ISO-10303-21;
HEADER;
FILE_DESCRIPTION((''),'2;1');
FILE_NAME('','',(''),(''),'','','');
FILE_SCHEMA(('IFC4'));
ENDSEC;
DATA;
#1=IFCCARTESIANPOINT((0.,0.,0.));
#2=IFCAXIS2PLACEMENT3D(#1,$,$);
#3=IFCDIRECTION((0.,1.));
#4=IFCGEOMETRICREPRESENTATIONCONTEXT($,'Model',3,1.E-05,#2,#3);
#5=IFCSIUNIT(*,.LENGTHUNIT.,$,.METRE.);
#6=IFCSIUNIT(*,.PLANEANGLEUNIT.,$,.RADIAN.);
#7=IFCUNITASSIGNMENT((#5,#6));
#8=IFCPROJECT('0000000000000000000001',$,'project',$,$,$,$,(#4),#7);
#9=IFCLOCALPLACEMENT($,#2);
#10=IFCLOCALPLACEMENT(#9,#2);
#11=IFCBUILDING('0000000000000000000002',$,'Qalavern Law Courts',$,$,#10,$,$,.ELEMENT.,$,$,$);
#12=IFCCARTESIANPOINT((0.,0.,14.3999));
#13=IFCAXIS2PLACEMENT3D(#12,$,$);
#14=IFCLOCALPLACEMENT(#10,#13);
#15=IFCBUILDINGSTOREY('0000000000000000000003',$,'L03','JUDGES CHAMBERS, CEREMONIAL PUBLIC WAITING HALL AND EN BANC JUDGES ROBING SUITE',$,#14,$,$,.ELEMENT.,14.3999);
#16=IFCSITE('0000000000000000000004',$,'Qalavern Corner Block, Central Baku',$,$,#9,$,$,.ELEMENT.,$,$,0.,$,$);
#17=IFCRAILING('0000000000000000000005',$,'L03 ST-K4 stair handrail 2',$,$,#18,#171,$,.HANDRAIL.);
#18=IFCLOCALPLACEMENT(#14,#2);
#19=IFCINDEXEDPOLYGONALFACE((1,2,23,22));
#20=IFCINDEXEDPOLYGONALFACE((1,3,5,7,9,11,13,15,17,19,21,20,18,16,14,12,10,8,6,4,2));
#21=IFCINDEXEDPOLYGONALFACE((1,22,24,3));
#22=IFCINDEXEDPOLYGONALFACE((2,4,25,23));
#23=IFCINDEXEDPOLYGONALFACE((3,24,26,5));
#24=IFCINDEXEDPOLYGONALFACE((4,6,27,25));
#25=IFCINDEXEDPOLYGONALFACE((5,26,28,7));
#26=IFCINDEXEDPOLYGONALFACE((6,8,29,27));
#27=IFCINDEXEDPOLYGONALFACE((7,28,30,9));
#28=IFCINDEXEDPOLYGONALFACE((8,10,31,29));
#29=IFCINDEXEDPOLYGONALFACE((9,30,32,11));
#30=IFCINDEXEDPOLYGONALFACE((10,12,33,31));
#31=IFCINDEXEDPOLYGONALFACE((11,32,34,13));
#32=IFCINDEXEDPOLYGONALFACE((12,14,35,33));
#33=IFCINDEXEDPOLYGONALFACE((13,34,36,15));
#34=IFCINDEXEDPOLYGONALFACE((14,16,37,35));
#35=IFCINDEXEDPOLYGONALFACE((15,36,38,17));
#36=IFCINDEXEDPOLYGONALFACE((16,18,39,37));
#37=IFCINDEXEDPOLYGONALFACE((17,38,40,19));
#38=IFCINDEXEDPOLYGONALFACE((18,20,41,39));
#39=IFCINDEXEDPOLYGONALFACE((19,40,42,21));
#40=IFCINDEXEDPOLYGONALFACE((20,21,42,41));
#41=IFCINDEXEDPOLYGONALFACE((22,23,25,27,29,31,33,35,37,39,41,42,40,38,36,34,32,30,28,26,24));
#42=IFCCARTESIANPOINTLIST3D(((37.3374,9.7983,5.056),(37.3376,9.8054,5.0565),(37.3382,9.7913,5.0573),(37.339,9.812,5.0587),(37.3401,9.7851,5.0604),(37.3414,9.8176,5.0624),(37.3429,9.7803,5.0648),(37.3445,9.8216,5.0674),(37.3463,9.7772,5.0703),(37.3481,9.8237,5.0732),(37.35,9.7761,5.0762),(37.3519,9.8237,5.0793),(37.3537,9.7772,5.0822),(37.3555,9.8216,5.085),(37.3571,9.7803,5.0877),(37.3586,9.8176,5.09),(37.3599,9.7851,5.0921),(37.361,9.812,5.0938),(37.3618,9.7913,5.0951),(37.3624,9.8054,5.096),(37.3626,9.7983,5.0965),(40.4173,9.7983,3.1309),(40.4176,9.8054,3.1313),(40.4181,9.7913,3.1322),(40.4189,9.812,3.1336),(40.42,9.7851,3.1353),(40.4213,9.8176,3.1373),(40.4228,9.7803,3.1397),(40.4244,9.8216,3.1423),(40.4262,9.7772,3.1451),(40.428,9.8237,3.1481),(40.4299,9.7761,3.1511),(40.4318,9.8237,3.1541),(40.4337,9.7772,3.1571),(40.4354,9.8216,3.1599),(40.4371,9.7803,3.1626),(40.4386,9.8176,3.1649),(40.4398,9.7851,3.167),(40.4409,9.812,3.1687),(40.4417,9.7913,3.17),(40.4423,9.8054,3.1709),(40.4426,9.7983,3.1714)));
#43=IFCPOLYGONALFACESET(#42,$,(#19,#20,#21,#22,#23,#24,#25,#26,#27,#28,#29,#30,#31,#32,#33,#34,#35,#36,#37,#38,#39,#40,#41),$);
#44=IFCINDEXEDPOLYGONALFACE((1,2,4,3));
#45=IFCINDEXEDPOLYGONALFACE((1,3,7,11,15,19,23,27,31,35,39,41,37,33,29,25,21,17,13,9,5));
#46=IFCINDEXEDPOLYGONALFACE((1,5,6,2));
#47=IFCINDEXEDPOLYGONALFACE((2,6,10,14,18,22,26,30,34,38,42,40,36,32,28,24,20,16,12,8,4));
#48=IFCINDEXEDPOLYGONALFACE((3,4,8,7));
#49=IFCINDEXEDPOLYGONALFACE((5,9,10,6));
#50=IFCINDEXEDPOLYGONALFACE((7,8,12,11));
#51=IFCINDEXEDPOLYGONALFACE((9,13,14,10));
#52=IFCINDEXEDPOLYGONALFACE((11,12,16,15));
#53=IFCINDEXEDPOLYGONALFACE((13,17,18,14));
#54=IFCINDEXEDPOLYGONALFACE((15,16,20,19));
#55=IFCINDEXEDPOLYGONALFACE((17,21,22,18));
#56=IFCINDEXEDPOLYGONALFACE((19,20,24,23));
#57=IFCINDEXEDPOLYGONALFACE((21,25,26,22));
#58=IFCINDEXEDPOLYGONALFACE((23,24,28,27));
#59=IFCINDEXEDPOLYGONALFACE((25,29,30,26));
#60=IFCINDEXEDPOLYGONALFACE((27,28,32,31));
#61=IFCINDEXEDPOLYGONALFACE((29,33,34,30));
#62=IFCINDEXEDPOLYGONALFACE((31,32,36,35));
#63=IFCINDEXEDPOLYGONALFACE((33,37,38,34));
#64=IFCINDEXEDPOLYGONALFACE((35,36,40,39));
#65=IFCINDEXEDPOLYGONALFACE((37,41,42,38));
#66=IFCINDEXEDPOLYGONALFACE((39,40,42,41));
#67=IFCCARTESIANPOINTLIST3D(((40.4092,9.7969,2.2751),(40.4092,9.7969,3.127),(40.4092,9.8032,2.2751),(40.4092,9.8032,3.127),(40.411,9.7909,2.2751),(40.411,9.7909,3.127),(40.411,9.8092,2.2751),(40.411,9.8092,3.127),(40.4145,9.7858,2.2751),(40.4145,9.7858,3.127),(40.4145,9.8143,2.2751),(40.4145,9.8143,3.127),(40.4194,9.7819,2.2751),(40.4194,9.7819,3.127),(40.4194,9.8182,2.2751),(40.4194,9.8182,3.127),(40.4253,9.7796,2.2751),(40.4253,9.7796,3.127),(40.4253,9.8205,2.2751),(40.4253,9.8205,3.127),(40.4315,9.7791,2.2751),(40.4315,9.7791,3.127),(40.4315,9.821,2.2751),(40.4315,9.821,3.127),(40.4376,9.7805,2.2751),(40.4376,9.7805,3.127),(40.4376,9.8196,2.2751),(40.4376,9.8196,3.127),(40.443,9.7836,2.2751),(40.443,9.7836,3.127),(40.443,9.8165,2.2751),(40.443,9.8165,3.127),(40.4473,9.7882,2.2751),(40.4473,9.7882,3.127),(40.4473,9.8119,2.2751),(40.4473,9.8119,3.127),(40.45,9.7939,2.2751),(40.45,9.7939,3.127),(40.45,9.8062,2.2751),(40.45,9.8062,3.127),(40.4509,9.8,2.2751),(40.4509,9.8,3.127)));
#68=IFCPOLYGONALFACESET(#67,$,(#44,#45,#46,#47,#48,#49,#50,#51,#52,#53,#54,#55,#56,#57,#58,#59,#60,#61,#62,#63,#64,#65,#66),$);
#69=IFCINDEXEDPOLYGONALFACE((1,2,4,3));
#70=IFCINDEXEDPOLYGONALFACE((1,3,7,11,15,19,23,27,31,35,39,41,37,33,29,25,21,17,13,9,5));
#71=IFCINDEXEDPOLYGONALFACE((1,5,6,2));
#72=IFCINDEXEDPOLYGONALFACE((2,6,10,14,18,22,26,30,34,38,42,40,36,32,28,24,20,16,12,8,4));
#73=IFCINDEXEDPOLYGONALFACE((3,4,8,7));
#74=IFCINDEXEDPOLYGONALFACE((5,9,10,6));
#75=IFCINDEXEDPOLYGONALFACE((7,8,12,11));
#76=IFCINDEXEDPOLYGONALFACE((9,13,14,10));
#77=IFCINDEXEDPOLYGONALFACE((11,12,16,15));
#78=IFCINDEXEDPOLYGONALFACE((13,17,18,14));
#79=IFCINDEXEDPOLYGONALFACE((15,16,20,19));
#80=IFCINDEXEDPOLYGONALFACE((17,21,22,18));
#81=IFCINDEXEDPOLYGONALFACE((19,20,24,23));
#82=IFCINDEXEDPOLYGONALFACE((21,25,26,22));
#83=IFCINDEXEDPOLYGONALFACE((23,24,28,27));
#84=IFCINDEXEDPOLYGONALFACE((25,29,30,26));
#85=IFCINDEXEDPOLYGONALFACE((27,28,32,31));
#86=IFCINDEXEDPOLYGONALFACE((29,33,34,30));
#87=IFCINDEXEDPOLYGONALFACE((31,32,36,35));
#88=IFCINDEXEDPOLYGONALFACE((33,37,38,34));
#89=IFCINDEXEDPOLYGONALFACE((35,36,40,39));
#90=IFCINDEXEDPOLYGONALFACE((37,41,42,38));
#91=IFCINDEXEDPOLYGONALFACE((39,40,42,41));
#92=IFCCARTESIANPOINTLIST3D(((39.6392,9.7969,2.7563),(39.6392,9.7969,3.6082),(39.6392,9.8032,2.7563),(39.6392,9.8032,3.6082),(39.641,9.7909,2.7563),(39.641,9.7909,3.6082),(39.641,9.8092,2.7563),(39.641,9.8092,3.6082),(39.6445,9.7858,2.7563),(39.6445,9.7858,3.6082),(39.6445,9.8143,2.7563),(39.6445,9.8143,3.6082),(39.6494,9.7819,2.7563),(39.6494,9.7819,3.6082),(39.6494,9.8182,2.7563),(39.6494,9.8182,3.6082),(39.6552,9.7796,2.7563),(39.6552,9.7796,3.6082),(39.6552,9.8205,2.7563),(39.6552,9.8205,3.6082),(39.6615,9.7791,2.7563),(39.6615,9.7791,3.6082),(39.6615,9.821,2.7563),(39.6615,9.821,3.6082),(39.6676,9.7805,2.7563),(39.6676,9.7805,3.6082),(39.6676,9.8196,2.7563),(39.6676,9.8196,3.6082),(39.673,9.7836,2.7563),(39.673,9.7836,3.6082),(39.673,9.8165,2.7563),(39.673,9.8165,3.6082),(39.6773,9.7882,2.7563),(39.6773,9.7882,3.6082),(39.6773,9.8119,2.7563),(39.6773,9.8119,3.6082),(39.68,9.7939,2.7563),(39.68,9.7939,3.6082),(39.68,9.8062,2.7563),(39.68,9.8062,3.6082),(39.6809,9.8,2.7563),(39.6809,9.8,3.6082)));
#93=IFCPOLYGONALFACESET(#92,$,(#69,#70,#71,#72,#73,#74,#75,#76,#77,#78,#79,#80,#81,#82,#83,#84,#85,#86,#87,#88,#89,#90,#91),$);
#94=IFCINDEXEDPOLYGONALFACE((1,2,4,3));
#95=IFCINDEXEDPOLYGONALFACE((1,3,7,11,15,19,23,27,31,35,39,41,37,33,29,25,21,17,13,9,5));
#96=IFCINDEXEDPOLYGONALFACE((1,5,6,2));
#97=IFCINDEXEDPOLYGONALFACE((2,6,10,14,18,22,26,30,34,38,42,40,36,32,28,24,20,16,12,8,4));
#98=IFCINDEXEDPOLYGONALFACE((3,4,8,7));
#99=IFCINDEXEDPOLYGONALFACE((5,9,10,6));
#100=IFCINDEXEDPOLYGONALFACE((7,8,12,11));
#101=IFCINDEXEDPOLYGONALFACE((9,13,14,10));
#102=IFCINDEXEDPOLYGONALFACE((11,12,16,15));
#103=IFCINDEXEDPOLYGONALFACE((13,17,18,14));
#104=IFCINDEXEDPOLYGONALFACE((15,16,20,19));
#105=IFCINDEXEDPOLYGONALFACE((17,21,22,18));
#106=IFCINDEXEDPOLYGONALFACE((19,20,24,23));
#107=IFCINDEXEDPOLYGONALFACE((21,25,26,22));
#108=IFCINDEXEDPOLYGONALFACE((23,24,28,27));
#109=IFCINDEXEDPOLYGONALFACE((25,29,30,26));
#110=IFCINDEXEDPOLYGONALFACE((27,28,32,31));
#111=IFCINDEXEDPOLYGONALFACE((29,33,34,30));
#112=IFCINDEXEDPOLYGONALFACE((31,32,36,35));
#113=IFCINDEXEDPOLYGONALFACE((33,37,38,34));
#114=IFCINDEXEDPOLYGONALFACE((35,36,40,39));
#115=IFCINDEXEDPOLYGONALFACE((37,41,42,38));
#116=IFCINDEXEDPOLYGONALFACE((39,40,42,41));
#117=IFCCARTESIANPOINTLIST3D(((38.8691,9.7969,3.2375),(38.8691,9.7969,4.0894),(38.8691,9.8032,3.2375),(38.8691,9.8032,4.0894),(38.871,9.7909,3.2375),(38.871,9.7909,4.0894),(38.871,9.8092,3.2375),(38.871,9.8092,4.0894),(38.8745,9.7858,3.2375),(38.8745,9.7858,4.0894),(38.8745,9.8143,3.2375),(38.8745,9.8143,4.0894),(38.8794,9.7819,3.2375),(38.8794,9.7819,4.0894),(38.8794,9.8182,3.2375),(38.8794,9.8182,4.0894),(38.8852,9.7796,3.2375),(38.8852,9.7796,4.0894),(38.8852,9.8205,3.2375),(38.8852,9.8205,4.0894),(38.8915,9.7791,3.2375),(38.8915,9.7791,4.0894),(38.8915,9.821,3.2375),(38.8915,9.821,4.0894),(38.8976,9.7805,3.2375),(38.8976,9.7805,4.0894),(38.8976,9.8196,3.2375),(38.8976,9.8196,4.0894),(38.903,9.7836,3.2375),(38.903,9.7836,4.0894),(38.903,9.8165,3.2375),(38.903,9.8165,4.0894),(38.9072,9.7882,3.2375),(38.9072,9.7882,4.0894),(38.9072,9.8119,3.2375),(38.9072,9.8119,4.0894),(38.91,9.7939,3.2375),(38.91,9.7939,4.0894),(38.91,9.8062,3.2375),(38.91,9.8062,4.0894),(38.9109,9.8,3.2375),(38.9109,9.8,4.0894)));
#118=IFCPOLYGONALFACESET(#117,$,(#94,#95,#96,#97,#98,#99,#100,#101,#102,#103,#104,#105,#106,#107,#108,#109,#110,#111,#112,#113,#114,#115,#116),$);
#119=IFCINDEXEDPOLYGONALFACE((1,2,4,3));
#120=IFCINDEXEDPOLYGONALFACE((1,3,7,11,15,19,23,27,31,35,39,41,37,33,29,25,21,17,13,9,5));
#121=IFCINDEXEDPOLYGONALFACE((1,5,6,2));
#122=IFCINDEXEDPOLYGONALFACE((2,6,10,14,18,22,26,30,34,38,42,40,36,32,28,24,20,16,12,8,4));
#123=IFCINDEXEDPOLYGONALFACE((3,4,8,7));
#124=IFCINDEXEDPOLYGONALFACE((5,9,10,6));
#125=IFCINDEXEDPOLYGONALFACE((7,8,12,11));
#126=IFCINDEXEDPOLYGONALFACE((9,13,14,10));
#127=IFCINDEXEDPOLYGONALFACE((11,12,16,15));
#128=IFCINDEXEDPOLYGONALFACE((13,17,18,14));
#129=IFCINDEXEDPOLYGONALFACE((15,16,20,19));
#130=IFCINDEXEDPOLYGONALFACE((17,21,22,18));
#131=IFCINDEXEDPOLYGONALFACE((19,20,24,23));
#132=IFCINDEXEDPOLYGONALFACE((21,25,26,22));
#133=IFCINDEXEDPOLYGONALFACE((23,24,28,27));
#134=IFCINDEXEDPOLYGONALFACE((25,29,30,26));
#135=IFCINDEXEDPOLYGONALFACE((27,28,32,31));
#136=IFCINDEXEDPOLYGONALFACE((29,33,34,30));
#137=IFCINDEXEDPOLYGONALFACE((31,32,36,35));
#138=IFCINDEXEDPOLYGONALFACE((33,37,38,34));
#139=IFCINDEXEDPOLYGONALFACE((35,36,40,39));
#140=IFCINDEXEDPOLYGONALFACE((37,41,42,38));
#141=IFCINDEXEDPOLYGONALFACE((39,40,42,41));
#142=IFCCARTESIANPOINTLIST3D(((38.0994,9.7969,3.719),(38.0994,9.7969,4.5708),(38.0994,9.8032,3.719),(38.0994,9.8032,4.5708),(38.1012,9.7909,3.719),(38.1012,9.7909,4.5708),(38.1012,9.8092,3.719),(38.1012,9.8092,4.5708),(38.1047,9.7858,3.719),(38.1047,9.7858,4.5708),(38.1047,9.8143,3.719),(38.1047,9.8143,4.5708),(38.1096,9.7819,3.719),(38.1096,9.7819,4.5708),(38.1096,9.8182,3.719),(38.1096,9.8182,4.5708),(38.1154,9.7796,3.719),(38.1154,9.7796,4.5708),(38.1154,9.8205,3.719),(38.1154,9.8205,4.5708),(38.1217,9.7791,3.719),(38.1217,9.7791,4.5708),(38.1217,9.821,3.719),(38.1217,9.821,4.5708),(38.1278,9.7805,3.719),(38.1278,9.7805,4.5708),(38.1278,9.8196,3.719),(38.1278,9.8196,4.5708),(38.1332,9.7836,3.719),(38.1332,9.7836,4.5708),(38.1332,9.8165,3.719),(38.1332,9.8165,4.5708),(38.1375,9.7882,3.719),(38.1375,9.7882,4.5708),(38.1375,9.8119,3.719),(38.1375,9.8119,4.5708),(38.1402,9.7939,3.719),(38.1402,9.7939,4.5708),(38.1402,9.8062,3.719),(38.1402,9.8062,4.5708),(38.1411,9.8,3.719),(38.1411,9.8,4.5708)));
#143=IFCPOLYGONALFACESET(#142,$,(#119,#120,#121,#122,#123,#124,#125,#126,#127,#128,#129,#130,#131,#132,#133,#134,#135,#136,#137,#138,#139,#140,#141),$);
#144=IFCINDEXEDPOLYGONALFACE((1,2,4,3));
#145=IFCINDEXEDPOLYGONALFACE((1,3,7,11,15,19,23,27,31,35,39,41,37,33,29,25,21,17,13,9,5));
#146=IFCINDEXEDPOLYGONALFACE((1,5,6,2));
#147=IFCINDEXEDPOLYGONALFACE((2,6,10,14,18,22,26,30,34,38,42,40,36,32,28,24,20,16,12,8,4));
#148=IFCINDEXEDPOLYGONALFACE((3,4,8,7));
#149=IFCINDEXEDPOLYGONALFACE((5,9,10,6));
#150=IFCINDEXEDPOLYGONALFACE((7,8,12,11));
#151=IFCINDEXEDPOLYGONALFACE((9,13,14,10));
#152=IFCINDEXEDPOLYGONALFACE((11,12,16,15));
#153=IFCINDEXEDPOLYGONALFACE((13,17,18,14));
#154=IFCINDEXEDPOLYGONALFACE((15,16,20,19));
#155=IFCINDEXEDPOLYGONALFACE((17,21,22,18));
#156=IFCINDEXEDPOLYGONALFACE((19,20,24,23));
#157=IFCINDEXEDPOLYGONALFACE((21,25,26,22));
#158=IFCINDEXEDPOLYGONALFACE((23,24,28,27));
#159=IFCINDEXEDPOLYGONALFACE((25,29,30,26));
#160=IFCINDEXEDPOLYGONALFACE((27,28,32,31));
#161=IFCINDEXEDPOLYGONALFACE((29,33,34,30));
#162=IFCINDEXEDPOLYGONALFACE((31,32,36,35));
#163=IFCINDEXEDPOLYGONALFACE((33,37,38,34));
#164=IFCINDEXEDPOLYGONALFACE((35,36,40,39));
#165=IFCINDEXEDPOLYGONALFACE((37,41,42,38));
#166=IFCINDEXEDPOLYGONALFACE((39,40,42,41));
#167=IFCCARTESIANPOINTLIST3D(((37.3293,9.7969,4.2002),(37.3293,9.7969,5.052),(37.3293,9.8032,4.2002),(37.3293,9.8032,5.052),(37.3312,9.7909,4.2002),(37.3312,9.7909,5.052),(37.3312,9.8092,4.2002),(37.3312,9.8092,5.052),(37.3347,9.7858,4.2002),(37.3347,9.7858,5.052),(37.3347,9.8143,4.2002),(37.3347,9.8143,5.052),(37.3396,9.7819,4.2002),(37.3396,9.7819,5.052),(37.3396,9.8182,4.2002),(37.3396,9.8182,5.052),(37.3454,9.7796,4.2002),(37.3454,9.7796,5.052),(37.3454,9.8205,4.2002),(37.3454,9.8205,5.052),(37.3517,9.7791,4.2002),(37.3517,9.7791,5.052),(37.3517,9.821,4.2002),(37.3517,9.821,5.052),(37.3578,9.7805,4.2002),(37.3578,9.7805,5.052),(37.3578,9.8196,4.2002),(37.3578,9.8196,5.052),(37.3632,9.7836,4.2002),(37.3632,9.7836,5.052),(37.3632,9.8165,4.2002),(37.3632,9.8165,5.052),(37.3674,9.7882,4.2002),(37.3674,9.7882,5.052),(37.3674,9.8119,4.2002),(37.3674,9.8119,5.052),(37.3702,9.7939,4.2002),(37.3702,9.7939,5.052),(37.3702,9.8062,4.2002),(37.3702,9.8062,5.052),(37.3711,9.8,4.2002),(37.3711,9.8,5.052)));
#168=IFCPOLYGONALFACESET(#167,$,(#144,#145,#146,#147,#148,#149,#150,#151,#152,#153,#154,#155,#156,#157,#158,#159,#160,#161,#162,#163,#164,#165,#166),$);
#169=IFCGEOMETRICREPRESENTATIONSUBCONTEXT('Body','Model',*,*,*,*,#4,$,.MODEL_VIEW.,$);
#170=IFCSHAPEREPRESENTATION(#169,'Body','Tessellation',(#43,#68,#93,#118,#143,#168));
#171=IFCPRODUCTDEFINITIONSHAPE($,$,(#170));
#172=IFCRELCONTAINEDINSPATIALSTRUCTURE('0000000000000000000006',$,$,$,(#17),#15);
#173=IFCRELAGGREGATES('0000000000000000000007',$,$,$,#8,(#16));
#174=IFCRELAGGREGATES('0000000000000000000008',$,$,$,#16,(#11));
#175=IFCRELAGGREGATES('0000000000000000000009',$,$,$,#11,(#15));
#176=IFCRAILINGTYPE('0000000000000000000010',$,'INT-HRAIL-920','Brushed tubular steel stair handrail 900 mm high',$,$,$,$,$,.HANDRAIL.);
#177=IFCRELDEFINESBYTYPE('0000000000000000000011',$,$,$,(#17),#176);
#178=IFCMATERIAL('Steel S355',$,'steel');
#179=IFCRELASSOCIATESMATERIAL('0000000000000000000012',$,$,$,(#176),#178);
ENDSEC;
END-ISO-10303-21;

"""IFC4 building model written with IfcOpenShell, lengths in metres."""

from ifc_helpers import new_model, si_unit, direction, frame, origin, origin_2d, place, context, subcontext, project, spatial, circle, extrude, material, type_object, element, save


model = new_model("IFC4")

# Units and contexts
model_context = context("Model", 3, precision=1e-05, world=origin(), true_north=direction((0.0, 1.0)))
body_context = subcontext(model_context, "Body", "Model", "MODEL_VIEW")
ifc_project = project(units=[si_unit("LENGTHUNIT", "METRE"), si_unit("PLANEANGLEUNIT", "RADIAN")], contexts=[model_context])

# Site, building, storey
site_placement = place(None, origin())
site = spatial("IfcSite", under=ifc_project, at=site_placement, Name="Qalavern Corner Block, Central Baku", CompositionType="ELEMENT", RefElevation=0.0)
building_placement = place(site_placement, origin())
building = spatial("IfcBuilding", under=site, at=building_placement, Name="Qalavern Law Courts", CompositionType="ELEMENT")
storey_placement = place(building_placement, frame((0.0, 0.0, 14.3999)))
storey = spatial("IfcBuildingStorey", under=building, at=storey_placement, Name="L03", Description="JUDGES CHAMBERS, CEREMONIAL PUBLIC WAITING HALL AND EN BANC JUDGES ROBING SUITE", CompositionType="ELEMENT", Elevation=14.3999)

# Shared definitions
ifc_material_1 = material(Name="Steel S355", Category="steel")

# Railing
railing_type_1 = type_object("IfcRailingType", Name="INT-HRAIL-920", Description="Brushed tubular steel stair handrail 900 mm high", PredefinedType="HANDRAIL", material=ifc_material_1)
railing_1_placement = place(storey_placement, frame((40.4299, 9.8, 2.2751)))
element("IfcRailing", 1, at=railing_1_placement, inside=storey, type_object=railing_type_1, Name="L03 ST-K4 stair handrail 2", PredefinedType="HANDRAIL", context=body_context, shape_type="SweptSolid", body=[
    extrude(circle(Radius=0.0239, at=origin_2d()), frame((0.0, 0.0, 0.876), z_axis=(-0.847979, 0.0, 0.530029), x_axis=(0.0, -1.0, 0.0)), (0.0, 0.0, 1.0), 3.6321),
    extrude(circle(Radius=0.021, at=origin_2d()), origin(), (0.0, 0.0, 1.0), 0.8518),
    extrude(circle(Radius=0.021, at=origin_2d()), frame((-0.77, 0.0, 0.4812)), (0.0, 0.0, 1.0), 0.8518),
    extrude(circle(Radius=0.021, at=origin_2d()), frame((-1.54, 0.0, 0.9624)), (0.0, 0.0, 1.0), 0.8518),
    extrude(circle(Radius=0.021, at=origin_2d()), frame((-2.3098, 0.0, 1.4438)), (0.0, 0.0, 1.0), 0.8518),
    extrude(circle(Radius=0.021, at=origin_2d()), frame((-3.0798, 0.0, 1.925)), (0.0, 0.0, 1.0), 0.8518),
])

save(model, "model.ifc")
